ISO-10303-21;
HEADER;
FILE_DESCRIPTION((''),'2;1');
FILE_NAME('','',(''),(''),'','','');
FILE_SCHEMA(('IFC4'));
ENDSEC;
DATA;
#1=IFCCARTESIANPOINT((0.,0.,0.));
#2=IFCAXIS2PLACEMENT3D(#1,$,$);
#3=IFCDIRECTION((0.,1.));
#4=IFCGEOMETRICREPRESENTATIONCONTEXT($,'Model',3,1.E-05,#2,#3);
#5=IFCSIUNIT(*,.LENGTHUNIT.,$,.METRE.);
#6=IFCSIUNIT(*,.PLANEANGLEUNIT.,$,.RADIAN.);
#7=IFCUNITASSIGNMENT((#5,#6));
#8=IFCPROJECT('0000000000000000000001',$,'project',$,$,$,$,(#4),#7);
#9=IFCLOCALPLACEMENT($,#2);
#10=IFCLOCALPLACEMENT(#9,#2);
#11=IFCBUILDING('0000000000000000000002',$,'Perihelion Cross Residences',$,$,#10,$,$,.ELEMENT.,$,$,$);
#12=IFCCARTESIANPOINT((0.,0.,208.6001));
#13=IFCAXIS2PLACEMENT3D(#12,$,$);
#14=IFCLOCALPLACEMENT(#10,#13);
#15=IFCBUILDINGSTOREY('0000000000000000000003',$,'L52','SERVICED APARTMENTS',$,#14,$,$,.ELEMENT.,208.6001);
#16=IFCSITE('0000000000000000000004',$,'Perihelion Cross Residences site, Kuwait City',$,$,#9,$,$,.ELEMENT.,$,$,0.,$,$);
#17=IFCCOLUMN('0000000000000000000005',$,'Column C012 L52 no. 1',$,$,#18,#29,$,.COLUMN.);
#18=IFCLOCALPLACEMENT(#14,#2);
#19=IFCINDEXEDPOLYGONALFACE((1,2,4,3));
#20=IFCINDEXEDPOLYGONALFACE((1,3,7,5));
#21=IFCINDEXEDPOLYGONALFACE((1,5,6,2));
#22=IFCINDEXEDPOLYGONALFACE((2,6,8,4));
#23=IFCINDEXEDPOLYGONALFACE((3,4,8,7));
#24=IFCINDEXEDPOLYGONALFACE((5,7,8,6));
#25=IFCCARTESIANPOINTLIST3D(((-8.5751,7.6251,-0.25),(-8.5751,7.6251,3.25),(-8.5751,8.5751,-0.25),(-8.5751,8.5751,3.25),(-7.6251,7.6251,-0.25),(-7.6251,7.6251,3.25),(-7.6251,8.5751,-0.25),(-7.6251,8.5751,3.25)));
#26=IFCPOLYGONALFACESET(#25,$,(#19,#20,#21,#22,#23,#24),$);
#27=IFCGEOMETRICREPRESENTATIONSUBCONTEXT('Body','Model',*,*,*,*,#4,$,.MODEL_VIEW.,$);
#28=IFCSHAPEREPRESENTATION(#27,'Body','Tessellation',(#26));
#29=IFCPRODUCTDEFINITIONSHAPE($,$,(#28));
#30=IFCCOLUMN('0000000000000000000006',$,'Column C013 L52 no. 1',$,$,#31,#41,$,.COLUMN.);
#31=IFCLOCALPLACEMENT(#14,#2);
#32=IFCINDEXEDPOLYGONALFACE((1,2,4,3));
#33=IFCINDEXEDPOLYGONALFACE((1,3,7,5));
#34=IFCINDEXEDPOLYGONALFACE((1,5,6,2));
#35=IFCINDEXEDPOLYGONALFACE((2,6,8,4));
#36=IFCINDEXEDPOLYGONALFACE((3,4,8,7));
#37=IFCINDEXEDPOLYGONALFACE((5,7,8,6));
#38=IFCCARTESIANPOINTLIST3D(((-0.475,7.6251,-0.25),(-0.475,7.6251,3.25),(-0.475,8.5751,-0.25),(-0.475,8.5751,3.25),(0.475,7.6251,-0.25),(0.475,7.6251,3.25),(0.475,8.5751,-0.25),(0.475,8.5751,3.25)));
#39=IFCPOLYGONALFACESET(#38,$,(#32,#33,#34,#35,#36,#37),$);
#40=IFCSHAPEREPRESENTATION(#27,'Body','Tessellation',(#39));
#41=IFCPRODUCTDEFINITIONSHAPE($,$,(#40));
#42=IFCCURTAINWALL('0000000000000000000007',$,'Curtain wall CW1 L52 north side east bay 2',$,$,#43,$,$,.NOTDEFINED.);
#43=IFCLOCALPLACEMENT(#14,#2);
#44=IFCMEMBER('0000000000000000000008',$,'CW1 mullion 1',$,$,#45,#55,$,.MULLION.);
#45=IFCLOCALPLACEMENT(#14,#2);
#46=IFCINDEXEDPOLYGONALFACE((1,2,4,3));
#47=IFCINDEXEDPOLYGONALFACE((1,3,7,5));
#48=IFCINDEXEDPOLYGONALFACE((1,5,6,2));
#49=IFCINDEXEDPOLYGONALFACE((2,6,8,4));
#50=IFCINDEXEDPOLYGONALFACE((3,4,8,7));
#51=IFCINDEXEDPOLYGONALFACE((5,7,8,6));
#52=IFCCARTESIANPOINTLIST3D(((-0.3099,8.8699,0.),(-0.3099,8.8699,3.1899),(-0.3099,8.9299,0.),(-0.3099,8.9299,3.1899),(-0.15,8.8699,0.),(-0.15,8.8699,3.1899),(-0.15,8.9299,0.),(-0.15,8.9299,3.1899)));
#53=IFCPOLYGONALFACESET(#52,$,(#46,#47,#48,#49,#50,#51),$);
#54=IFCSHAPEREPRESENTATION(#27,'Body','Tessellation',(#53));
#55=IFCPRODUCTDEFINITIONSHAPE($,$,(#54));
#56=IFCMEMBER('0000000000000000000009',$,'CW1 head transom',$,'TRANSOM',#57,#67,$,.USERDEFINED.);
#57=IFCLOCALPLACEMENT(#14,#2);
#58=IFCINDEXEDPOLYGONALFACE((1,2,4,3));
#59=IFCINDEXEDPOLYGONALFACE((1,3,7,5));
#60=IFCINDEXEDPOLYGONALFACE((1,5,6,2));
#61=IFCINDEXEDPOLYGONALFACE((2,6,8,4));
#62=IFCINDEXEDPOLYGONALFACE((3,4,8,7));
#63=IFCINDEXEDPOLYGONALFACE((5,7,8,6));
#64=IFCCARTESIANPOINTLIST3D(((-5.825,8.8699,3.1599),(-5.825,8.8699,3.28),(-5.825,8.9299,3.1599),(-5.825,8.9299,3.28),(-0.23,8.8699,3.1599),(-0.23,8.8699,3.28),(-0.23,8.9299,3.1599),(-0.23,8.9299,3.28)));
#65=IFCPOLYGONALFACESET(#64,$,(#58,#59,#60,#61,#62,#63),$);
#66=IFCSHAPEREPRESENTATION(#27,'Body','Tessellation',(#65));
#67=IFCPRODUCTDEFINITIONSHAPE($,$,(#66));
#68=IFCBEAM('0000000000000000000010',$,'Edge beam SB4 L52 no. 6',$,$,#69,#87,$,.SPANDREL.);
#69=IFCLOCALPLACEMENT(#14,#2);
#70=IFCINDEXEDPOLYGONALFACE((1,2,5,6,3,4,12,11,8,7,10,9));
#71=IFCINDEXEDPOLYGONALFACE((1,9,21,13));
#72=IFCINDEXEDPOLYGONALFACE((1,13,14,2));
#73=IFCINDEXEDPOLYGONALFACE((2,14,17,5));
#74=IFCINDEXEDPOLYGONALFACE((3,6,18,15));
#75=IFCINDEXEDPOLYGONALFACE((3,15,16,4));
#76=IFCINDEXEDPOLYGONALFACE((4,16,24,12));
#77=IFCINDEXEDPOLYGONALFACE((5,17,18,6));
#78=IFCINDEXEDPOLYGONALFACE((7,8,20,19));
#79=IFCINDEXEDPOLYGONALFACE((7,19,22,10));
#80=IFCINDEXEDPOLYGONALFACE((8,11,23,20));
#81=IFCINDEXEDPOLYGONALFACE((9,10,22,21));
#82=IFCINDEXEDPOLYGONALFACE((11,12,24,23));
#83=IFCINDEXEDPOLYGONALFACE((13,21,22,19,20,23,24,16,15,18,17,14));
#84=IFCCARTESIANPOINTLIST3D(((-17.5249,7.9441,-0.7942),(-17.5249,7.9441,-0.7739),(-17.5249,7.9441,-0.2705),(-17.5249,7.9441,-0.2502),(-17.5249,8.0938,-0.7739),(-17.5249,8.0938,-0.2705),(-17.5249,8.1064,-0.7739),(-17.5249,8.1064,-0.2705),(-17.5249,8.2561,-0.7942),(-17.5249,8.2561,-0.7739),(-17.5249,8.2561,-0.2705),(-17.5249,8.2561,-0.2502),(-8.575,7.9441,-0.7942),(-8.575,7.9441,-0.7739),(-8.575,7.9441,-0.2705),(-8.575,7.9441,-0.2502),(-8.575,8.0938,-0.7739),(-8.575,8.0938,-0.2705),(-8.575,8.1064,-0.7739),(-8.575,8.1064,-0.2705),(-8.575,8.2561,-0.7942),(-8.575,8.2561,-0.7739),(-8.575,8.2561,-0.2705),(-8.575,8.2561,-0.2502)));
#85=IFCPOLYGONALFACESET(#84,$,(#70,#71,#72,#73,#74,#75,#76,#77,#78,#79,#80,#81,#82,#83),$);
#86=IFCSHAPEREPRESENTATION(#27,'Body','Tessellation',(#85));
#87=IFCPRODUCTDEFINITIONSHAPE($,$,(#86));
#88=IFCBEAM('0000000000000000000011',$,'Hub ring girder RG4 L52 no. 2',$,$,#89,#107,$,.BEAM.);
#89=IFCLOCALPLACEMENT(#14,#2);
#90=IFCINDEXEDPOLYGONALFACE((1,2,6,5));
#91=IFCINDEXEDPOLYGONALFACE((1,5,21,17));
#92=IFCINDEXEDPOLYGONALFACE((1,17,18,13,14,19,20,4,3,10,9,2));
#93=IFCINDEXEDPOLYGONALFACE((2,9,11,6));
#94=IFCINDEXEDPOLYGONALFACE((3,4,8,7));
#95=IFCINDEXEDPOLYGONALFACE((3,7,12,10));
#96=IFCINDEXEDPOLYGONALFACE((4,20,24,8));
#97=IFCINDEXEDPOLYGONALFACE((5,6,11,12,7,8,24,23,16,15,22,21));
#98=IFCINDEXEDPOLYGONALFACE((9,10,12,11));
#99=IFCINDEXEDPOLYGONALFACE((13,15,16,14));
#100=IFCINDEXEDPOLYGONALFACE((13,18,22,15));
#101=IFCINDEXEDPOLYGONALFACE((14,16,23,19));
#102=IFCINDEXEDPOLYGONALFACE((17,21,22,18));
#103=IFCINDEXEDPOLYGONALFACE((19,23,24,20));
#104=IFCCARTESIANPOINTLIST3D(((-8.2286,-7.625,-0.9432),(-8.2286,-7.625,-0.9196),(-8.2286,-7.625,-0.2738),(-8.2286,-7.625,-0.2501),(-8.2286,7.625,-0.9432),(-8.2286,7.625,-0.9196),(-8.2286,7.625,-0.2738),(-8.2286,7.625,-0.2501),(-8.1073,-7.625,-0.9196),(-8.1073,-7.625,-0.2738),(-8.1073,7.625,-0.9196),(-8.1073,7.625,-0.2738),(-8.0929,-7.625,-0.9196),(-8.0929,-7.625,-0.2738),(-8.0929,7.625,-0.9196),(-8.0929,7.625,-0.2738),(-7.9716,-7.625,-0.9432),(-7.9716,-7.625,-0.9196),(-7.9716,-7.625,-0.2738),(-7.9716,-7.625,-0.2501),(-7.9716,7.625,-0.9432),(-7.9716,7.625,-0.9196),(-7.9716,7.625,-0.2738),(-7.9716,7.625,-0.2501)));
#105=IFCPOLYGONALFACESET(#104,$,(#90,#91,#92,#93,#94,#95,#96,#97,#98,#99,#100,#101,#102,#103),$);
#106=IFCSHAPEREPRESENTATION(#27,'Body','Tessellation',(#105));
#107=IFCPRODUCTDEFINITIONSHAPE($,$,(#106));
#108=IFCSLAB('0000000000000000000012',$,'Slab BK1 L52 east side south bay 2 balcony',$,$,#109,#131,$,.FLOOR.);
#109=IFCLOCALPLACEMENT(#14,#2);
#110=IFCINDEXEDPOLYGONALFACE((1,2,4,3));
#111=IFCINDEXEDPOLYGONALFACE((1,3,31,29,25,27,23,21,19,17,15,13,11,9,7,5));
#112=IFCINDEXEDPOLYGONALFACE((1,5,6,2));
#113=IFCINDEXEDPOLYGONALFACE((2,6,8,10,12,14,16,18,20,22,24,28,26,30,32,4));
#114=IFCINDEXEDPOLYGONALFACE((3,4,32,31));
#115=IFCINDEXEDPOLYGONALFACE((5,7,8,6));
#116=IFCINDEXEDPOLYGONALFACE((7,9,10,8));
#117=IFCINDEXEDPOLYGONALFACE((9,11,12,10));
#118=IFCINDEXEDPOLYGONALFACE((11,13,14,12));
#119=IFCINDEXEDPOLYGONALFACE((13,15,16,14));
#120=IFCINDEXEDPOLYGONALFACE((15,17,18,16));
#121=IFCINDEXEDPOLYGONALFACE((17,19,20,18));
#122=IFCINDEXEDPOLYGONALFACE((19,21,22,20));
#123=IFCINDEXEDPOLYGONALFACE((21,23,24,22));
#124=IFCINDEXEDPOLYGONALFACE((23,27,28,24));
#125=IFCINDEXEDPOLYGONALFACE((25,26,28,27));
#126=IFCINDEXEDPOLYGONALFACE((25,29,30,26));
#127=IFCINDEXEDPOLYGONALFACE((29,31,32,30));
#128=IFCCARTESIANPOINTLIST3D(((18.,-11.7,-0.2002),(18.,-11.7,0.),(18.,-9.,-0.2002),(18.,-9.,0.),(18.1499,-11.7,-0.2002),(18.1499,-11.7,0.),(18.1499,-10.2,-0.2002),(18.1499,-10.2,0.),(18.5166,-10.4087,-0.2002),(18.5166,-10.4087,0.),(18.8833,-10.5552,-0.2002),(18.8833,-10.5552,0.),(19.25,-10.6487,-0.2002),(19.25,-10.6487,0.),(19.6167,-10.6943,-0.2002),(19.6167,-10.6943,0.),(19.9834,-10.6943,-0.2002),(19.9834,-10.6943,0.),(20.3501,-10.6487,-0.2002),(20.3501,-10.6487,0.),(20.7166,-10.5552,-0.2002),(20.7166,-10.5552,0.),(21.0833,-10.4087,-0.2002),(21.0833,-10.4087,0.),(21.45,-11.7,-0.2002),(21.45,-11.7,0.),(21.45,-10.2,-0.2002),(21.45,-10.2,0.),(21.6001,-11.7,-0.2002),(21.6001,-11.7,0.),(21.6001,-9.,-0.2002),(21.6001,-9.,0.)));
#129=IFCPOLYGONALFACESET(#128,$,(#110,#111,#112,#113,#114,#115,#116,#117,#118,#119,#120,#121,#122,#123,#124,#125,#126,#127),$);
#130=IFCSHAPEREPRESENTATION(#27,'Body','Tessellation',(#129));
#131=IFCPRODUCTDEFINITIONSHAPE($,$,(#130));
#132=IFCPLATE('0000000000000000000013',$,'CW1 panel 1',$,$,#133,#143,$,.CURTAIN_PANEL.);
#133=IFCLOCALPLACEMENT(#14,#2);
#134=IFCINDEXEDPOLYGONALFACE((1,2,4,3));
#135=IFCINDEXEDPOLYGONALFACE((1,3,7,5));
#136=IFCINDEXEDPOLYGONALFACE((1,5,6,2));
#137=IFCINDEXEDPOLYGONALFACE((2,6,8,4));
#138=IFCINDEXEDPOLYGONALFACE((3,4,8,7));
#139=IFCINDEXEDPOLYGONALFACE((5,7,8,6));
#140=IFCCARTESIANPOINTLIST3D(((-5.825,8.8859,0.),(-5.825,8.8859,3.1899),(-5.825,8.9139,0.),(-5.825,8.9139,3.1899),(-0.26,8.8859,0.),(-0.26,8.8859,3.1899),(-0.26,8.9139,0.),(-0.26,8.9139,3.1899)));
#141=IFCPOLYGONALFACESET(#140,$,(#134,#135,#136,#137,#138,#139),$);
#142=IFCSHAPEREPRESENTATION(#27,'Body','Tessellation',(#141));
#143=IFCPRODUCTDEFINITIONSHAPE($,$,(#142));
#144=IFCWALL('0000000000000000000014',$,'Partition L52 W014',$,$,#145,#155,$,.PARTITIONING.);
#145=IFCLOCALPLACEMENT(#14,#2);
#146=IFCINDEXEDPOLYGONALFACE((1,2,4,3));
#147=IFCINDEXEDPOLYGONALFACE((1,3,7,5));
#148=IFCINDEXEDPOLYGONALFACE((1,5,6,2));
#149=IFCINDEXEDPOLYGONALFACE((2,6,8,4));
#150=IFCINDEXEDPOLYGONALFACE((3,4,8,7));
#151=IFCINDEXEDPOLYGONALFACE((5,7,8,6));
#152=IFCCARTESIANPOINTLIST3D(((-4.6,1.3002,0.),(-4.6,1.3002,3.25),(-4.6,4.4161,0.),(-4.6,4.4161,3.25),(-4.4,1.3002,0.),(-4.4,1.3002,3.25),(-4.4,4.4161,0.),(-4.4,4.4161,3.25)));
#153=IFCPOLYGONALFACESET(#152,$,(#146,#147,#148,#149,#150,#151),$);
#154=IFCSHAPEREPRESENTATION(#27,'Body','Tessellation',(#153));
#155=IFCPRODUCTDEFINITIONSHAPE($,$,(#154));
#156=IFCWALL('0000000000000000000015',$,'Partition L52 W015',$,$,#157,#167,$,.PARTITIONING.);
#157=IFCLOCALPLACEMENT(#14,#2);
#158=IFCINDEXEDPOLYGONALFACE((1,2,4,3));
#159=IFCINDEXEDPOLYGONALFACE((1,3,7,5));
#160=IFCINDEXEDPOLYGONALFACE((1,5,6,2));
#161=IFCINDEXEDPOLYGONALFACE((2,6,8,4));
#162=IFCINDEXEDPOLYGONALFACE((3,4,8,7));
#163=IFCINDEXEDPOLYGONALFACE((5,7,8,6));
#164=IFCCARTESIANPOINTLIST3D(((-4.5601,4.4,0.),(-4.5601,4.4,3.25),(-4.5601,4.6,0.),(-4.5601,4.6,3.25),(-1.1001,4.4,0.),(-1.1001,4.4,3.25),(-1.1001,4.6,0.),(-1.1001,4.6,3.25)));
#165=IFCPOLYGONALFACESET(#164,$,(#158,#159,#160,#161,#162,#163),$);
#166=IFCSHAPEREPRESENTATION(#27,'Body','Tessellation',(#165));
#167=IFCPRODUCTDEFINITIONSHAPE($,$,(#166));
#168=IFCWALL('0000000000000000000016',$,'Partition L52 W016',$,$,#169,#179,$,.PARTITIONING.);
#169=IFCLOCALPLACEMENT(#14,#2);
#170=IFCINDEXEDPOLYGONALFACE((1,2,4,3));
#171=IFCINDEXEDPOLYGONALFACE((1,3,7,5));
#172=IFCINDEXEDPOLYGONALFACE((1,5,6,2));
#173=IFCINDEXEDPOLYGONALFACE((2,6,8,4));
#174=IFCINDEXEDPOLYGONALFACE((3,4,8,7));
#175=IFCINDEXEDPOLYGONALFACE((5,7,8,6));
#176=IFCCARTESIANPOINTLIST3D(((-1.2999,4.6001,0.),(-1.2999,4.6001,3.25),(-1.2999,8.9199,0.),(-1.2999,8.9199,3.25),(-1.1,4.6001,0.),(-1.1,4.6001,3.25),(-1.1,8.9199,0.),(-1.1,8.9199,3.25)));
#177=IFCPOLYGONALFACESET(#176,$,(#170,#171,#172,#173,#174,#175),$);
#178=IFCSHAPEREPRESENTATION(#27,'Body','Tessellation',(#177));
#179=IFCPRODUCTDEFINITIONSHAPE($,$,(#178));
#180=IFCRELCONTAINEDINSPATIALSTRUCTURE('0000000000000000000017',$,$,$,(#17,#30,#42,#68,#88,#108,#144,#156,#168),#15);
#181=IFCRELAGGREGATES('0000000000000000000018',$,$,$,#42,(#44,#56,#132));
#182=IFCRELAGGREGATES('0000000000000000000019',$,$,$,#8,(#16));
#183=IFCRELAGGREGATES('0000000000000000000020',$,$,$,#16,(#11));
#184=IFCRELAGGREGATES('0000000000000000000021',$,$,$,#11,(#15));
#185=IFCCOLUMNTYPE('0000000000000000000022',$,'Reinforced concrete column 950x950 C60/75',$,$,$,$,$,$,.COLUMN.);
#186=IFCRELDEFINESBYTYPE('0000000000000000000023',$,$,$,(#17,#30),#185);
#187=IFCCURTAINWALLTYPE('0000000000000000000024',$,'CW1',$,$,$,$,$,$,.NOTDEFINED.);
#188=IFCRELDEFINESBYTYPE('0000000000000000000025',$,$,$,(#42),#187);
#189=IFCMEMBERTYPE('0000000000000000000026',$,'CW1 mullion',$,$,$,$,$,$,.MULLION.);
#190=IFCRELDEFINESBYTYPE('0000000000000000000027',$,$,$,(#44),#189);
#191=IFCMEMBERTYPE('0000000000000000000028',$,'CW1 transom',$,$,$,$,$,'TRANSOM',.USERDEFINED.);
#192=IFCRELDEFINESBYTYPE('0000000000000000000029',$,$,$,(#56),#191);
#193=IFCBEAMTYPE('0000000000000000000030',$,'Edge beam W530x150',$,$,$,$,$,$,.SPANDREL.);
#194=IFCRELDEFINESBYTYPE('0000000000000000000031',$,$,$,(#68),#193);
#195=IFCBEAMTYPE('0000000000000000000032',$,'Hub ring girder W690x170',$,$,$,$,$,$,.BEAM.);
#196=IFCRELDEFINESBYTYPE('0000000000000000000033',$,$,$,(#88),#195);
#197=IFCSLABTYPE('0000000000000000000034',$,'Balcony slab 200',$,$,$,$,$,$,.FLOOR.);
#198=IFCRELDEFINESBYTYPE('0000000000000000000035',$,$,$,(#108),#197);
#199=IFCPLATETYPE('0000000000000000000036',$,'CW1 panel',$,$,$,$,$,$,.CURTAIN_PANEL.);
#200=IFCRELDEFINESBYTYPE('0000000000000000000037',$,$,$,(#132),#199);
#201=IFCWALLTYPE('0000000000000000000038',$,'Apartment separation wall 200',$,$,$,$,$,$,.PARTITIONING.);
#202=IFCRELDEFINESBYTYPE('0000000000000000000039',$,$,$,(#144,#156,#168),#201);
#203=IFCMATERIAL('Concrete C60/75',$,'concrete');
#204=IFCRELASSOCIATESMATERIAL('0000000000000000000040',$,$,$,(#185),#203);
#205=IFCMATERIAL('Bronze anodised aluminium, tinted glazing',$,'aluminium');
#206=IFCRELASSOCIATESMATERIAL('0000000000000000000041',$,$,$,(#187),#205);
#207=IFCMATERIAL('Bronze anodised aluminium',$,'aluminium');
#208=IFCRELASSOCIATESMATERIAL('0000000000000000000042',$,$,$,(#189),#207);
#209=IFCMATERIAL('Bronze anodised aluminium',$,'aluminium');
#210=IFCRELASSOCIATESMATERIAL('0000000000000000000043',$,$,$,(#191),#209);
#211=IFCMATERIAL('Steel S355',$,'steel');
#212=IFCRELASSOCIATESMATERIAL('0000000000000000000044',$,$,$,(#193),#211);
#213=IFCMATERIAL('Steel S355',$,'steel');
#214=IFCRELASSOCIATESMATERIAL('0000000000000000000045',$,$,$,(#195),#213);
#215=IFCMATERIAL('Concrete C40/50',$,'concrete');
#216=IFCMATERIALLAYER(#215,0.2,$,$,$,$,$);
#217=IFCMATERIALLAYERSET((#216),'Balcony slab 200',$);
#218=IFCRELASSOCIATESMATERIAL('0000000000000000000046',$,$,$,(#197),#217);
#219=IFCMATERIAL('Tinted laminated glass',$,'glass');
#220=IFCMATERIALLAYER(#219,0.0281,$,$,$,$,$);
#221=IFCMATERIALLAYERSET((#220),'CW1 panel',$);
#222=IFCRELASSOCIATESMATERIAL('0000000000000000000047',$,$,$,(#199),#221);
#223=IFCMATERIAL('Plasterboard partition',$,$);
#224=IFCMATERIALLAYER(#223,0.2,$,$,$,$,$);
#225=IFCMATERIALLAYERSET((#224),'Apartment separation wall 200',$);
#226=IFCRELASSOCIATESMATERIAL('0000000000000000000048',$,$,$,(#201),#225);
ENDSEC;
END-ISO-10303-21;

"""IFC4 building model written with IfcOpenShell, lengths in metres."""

from ifc_helpers import new_model, si_unit, direction, frame, frame_2d, origin, origin_2d, place, context, subcontext, project, spatial, polyline, rectangle, i_section, outline, extrude, material, layer, layer_set, material_profile, profile_set, type_object, element, aggregate, save


model = new_model("IFC4")

# Units and contexts
model_context = context("Model", 3, precision=1e-05, world=origin(), true_north=direction((0.0, 1.0)))
body_context = subcontext(model_context, "Body", "Model", "MODEL_VIEW")
ifc_project = project(units=[si_unit("LENGTHUNIT", "METRE"), si_unit("PLANEANGLEUNIT", "RADIAN")], contexts=[model_context])

# Site, building, storey
site_placement = place(None, origin())
site = spatial("IfcSite", under=ifc_project, at=site_placement, Name="Perihelion Cross Residences site, Kuwait City", CompositionType="ELEMENT", RefElevation=0.0)
building_placement = place(site_placement, origin())
building = spatial("IfcBuilding", under=site, at=building_placement, Name="Perihelion Cross Residences", CompositionType="ELEMENT")
storey_placement = place(building_placement, frame((0.0, 0.0, 208.6001)))
storey = spatial("IfcBuildingStorey", under=building, at=storey_placement, Name="L52", Description="SERVICED APARTMENTS", CompositionType="ELEMENT", Elevation=208.6001)

# Columns
ifc_material_1 = material(Name="Concrete C60/75", Category="concrete")
ifc_material_profile_1 = material_profile(ifc_material_1, rectangle(XDim=0.95, YDim=0.95, at=origin_2d()), Name="RC 950x950")
ifc_profile_set_1 = profile_set([ifc_material_profile_1], Name="Concrete C60/75")
column_type = type_object("IfcColumnType", Name="Reinforced concrete column 950x950 C60/75", PredefinedType="COLUMN", material=ifc_profile_set_1)
for number, where, z_axis, x_axis, name in (
    (1, (-8.1001, 8.1001, -0.25), (0.0, 0.0, 1.0), (1.0, 0.0, 0.0), "Column C012 L52 no. 1"),
    (2, (0.0, 8.1001, -0.25), (0.0, 0.0, 1.0), (1.0, 0.0, 0.0), "Column C013 L52 no. 1"),
):
    element("IfcColumn", number, at=place(storey_placement, frame(where, z_axis=z_axis, x_axis=x_axis)), inside=storey, type_object=column_type, Name=name, PredefinedType="COLUMN", context=body_context, shape_type="SweptSolid", body=[
        extrude(rectangle(XDim=0.95, YDim=0.95, at=origin_2d()), origin(), (0.0, 0.0, 1.0), 3.5),
    ])

# Curtain wall, members
ifc_material_2 = material(Name="Bronze anodised aluminium, tinted glazing", Category="aluminium")
curtain_wall_type = type_object("IfcCurtainWallType", Name="CW1", PredefinedType="NOTDEFINED", material=ifc_material_2)
curtain_wall_placement = place(storey_placement, origin())
curtain_wall = element("IfcCurtainWall", 3, at=curtain_wall_placement, inside=storey, type_object=curtain_wall_type, Name="Curtain wall CW1 L52 north side east bay 2", PredefinedType="NOTDEFINED")
ifc_material_3 = material(Name="Bronze anodised aluminium", Category="aluminium")
ifc_material_profile_2 = material_profile(ifc_material_3, rectangle(XDim=0.0601, YDim=0.1599, at=origin_2d()), Name="CW1 mullion")
ifc_profile_set_2 = profile_set([ifc_material_profile_2], Name="Bronze anodised aluminium")
member_type_1 = type_object("IfcMemberType", Name="CW1 mullion", PredefinedType="MULLION", material=ifc_profile_set_2)
member_1_placement = place(storey_placement, frame((-0.23, 8.8999, 0.0), z_axis=(0.0, 0.0, 1.0), x_axis=(0.0, -1.0, 0.0)))
member_1 = element("IfcMember", 4, at=member_1_placement, type_object=member_type_1, Name="CW1 mullion 1", PredefinedType="MULLION", context=body_context, shape_type="SweptSolid", body=[
    extrude(rectangle(XDim=0.0601, YDim=0.1599, at=origin_2d()), origin(), (0.0, 0.0, 1.0), 3.1899),
])
ifc_material_4 = material(Name="Bronze anodised aluminium", Category="aluminium")
ifc_material_profile_3 = material_profile(ifc_material_4, rectangle(XDim=0.0601, YDim=0.1201, at=origin_2d()), Name="CW1 transom")
ifc_profile_set_3 = profile_set([ifc_material_profile_3], Name="Bronze anodised aluminium")
member_type_2 = type_object("IfcMemberType", Name="CW1 transom", ElementType="TRANSOM", PredefinedType="USERDEFINED", material=ifc_profile_set_3)
member_2_placement = place(storey_placement, frame((-0.23, 8.8999, 3.22), z_axis=(-1.0, 0.0, 0.0), x_axis=(0.0, -1.0, 0.0)))
member_2 = element("IfcMember", 5, at=member_2_placement, type_object=member_type_2, Name="CW1 head transom", ObjectType="TRANSOM", PredefinedType="USERDEFINED", context=body_context, shape_type="SweptSolid", body=[
    extrude(rectangle(XDim=0.0601, YDim=0.1201, at=origin_2d()), origin(), (0.0, 0.0, 1.0), 5.595),
])

# Beams
ifc_material_5 = material(Name="Steel S355", Category="steel")
ifc_material_profile_4 = material_profile(ifc_material_5, i_section(OverallWidth=0.312, OverallDepth=0.5439, WebThickness=0.0127, FlangeThickness=0.0203, at=origin_2d()), Name="W530x150")
ifc_profile_set_4 = profile_set([ifc_material_profile_4], Name="Steel S355")
beam_type_1 = type_object("IfcBeamType", Name="Edge beam W530x150", PredefinedType="SPANDREL", material=ifc_profile_set_4)
beam_1_placement = place(storey_placement, frame((-8.575, 8.1001, -0.5222), z_axis=(-1.0, 0.0, 0.0), x_axis=(0.0, -1.0, 0.0)))
element("IfcBeam", 6, at=beam_1_placement, inside=storey, type_object=beam_type_1, Name="Edge beam SB4 L52 no. 6", PredefinedType="SPANDREL", context=body_context, shape_type="SweptSolid", body=[
    extrude(i_section(OverallWidth=0.312, OverallDepth=0.5439, WebThickness=0.0127, FlangeThickness=0.0203, at=origin_2d()), origin(), (0.0, 0.0, 1.0), 8.95),
])
ifc_material_6 = material(Name="Steel S355", Category="steel")
ifc_material_profile_5 = material_profile(ifc_material_6, i_section(OverallWidth=0.2571, OverallDepth=0.6931, WebThickness=0.0144, FlangeThickness=0.0237, at=origin_2d()), Name="W690x170")
ifc_profile_set_5 = profile_set([ifc_material_profile_5], Name="Steel S355")
beam_type_2 = type_object("IfcBeamType", Name="Hub ring girder W690x170", PredefinedType="BEAM", material=ifc_profile_set_5)
beam_2_placement = place(storey_placement, frame((-8.1001, 7.625, -0.5967), z_axis=(0.0, -1.0, 0.0), x_axis=(1.0, 0.0, 0.0)))
element("IfcBeam", 7, at=beam_2_placement, inside=storey, type_object=beam_type_2, Name="Hub ring girder RG4 L52 no. 2", PredefinedType="BEAM", context=body_context, shape_type="SweptSolid", body=[
    extrude(i_section(OverallWidth=0.2571, OverallDepth=0.6931, WebThickness=0.0144, FlangeThickness=0.0237, at=origin_2d()), origin(), (0.0, 0.0, 1.0), 15.25),
])

# Slab
ifc_material_7 = material(Name="Concrete C40/50", Category="concrete")
ifc_layer_1 = layer(ifc_material_7, 0.2)
ifc_layer_set_1 = layer_set([ifc_layer_1], Name="Balcony slab 200")
slab_type = type_object("IfcSlabType", Name="Balcony slab 200", PredefinedType="FLOOR", material=ifc_layer_set_1)
slab_placement = place(storey_placement, frame((0.0, 0.0, -0.2002)))
element("IfcSlab", 8, at=slab_placement, inside=storey, type_object=slab_type, Name="Slab BK1 L52 east side south bay 2 balcony", PredefinedType="FLOOR", context=body_context, shape_type="SweptSolid", body=[
    extrude(outline(polyline([(18.0, -9.0), (21.6001, -9.0), (21.6001, -11.7), (21.45, -11.7), (21.45, -10.2), (21.0833, -10.4087), (20.7166, -10.5552), (20.3501, -10.6487), (19.9834, -10.6943), (19.6167, -10.6943), (19.25, -10.6487), (18.8833, -10.5552), (18.5166, -10.4087), (18.1499, -10.2), (18.1499, -11.7), (18.0, -11.7), (18.0, -9.0)])), origin(), (0.0, 0.0, 1.0), 0.2002),
])

# Plate
ifc_material_8 = material(Name="Tinted laminated glass", Category="glass")
ifc_layer_2 = layer(ifc_material_8, 0.0281)
ifc_layer_set_2 = layer_set([ifc_layer_2], Name="CW1 panel")
plate_type = type_object("IfcPlateType", Name="CW1 panel", PredefinedType="CURTAIN_PANEL", material=ifc_layer_set_2)
plate_placement = place(storey_placement, frame((-3.0425, 8.8999, 0.0), z_axis=(0.0, 0.0, 1.0), x_axis=(-1.0, 0.0, 0.0)))
plate = element("IfcPlate", 9, at=plate_placement, type_object=plate_type, Name="CW1 panel 1", PredefinedType="CURTAIN_PANEL", context=body_context, shape_type="SweptSolid", body=[
    extrude(rectangle(XDim=5.5649, YDim=0.0281, at=origin_2d()), origin(), (0.0, 0.0, 1.0), 3.1899),
])
aggregate(curtain_wall, [member_1, member_2, plate])

# Walls
ifc_material_9 = material(Name="Plasterboard partition")
ifc_layer_3 = layer(ifc_material_9, 0.2)
ifc_layer_set_3 = layer_set([ifc_layer_3], Name="Apartment separation wall 200")
wall_type_1 = type_object("IfcWallType", Name="Apartment separation wall 200", PredefinedType="PARTITIONING", material=ifc_layer_set_3)
wall_1_placement = place(storey_placement, frame((-4.5, 1.3, 0.0), z_axis=(0.0, 0.0, 1.0), x_axis=(0.0, 1.0, 0.0)))
element("IfcWall", 10, at=wall_1_placement, inside=storey, type_object=wall_type_1, Name="Partition L52 W014", PredefinedType="PARTITIONING", context=body_context, shape_type="SweptSolid", body=[
    extrude(rectangle(XDim=3.116, YDim=0.2, at=frame_2d((1.5581, 0.0))), origin(), (0.0, 0.0, 1.0), 3.25),
])
wall_2_placement = place(storey_placement, frame((-4.5601, 4.5, 0.0), z_axis=(0.0, 0.0, 1.0), x_axis=(1.0, 0.0, 0.0)))
element("IfcWall", 11, at=wall_2_placement, inside=storey, type_object=wall_type_1, Name="Partition L52 W015", PredefinedType="PARTITIONING", context=body_context, shape_type="SweptSolid", body=[
    extrude(rectangle(XDim=3.46, YDim=0.2, at=frame_2d((1.73, 0.0))), origin(), (0.0, 0.0, 1.0), 3.25),
])
wall_3_placement = place(storey_placement, frame((-1.2, 4.6001, 0.0), z_axis=(0.0, 0.0, 1.0), x_axis=(0.0, 1.0, 0.0)))
element("IfcWall", 12, at=wall_3_placement, inside=storey, type_object=wall_type_1, Name="Partition L52 W016", PredefinedType="PARTITIONING", context=body_context, shape_type="SweptSolid", body=[
    extrude(rectangle(XDim=4.3198, YDim=0.2, at=frame_2d((2.1599, 0.0))), origin(), (0.0, 0.0, 1.0), 3.25),
])

save(model, "model.ifc")
